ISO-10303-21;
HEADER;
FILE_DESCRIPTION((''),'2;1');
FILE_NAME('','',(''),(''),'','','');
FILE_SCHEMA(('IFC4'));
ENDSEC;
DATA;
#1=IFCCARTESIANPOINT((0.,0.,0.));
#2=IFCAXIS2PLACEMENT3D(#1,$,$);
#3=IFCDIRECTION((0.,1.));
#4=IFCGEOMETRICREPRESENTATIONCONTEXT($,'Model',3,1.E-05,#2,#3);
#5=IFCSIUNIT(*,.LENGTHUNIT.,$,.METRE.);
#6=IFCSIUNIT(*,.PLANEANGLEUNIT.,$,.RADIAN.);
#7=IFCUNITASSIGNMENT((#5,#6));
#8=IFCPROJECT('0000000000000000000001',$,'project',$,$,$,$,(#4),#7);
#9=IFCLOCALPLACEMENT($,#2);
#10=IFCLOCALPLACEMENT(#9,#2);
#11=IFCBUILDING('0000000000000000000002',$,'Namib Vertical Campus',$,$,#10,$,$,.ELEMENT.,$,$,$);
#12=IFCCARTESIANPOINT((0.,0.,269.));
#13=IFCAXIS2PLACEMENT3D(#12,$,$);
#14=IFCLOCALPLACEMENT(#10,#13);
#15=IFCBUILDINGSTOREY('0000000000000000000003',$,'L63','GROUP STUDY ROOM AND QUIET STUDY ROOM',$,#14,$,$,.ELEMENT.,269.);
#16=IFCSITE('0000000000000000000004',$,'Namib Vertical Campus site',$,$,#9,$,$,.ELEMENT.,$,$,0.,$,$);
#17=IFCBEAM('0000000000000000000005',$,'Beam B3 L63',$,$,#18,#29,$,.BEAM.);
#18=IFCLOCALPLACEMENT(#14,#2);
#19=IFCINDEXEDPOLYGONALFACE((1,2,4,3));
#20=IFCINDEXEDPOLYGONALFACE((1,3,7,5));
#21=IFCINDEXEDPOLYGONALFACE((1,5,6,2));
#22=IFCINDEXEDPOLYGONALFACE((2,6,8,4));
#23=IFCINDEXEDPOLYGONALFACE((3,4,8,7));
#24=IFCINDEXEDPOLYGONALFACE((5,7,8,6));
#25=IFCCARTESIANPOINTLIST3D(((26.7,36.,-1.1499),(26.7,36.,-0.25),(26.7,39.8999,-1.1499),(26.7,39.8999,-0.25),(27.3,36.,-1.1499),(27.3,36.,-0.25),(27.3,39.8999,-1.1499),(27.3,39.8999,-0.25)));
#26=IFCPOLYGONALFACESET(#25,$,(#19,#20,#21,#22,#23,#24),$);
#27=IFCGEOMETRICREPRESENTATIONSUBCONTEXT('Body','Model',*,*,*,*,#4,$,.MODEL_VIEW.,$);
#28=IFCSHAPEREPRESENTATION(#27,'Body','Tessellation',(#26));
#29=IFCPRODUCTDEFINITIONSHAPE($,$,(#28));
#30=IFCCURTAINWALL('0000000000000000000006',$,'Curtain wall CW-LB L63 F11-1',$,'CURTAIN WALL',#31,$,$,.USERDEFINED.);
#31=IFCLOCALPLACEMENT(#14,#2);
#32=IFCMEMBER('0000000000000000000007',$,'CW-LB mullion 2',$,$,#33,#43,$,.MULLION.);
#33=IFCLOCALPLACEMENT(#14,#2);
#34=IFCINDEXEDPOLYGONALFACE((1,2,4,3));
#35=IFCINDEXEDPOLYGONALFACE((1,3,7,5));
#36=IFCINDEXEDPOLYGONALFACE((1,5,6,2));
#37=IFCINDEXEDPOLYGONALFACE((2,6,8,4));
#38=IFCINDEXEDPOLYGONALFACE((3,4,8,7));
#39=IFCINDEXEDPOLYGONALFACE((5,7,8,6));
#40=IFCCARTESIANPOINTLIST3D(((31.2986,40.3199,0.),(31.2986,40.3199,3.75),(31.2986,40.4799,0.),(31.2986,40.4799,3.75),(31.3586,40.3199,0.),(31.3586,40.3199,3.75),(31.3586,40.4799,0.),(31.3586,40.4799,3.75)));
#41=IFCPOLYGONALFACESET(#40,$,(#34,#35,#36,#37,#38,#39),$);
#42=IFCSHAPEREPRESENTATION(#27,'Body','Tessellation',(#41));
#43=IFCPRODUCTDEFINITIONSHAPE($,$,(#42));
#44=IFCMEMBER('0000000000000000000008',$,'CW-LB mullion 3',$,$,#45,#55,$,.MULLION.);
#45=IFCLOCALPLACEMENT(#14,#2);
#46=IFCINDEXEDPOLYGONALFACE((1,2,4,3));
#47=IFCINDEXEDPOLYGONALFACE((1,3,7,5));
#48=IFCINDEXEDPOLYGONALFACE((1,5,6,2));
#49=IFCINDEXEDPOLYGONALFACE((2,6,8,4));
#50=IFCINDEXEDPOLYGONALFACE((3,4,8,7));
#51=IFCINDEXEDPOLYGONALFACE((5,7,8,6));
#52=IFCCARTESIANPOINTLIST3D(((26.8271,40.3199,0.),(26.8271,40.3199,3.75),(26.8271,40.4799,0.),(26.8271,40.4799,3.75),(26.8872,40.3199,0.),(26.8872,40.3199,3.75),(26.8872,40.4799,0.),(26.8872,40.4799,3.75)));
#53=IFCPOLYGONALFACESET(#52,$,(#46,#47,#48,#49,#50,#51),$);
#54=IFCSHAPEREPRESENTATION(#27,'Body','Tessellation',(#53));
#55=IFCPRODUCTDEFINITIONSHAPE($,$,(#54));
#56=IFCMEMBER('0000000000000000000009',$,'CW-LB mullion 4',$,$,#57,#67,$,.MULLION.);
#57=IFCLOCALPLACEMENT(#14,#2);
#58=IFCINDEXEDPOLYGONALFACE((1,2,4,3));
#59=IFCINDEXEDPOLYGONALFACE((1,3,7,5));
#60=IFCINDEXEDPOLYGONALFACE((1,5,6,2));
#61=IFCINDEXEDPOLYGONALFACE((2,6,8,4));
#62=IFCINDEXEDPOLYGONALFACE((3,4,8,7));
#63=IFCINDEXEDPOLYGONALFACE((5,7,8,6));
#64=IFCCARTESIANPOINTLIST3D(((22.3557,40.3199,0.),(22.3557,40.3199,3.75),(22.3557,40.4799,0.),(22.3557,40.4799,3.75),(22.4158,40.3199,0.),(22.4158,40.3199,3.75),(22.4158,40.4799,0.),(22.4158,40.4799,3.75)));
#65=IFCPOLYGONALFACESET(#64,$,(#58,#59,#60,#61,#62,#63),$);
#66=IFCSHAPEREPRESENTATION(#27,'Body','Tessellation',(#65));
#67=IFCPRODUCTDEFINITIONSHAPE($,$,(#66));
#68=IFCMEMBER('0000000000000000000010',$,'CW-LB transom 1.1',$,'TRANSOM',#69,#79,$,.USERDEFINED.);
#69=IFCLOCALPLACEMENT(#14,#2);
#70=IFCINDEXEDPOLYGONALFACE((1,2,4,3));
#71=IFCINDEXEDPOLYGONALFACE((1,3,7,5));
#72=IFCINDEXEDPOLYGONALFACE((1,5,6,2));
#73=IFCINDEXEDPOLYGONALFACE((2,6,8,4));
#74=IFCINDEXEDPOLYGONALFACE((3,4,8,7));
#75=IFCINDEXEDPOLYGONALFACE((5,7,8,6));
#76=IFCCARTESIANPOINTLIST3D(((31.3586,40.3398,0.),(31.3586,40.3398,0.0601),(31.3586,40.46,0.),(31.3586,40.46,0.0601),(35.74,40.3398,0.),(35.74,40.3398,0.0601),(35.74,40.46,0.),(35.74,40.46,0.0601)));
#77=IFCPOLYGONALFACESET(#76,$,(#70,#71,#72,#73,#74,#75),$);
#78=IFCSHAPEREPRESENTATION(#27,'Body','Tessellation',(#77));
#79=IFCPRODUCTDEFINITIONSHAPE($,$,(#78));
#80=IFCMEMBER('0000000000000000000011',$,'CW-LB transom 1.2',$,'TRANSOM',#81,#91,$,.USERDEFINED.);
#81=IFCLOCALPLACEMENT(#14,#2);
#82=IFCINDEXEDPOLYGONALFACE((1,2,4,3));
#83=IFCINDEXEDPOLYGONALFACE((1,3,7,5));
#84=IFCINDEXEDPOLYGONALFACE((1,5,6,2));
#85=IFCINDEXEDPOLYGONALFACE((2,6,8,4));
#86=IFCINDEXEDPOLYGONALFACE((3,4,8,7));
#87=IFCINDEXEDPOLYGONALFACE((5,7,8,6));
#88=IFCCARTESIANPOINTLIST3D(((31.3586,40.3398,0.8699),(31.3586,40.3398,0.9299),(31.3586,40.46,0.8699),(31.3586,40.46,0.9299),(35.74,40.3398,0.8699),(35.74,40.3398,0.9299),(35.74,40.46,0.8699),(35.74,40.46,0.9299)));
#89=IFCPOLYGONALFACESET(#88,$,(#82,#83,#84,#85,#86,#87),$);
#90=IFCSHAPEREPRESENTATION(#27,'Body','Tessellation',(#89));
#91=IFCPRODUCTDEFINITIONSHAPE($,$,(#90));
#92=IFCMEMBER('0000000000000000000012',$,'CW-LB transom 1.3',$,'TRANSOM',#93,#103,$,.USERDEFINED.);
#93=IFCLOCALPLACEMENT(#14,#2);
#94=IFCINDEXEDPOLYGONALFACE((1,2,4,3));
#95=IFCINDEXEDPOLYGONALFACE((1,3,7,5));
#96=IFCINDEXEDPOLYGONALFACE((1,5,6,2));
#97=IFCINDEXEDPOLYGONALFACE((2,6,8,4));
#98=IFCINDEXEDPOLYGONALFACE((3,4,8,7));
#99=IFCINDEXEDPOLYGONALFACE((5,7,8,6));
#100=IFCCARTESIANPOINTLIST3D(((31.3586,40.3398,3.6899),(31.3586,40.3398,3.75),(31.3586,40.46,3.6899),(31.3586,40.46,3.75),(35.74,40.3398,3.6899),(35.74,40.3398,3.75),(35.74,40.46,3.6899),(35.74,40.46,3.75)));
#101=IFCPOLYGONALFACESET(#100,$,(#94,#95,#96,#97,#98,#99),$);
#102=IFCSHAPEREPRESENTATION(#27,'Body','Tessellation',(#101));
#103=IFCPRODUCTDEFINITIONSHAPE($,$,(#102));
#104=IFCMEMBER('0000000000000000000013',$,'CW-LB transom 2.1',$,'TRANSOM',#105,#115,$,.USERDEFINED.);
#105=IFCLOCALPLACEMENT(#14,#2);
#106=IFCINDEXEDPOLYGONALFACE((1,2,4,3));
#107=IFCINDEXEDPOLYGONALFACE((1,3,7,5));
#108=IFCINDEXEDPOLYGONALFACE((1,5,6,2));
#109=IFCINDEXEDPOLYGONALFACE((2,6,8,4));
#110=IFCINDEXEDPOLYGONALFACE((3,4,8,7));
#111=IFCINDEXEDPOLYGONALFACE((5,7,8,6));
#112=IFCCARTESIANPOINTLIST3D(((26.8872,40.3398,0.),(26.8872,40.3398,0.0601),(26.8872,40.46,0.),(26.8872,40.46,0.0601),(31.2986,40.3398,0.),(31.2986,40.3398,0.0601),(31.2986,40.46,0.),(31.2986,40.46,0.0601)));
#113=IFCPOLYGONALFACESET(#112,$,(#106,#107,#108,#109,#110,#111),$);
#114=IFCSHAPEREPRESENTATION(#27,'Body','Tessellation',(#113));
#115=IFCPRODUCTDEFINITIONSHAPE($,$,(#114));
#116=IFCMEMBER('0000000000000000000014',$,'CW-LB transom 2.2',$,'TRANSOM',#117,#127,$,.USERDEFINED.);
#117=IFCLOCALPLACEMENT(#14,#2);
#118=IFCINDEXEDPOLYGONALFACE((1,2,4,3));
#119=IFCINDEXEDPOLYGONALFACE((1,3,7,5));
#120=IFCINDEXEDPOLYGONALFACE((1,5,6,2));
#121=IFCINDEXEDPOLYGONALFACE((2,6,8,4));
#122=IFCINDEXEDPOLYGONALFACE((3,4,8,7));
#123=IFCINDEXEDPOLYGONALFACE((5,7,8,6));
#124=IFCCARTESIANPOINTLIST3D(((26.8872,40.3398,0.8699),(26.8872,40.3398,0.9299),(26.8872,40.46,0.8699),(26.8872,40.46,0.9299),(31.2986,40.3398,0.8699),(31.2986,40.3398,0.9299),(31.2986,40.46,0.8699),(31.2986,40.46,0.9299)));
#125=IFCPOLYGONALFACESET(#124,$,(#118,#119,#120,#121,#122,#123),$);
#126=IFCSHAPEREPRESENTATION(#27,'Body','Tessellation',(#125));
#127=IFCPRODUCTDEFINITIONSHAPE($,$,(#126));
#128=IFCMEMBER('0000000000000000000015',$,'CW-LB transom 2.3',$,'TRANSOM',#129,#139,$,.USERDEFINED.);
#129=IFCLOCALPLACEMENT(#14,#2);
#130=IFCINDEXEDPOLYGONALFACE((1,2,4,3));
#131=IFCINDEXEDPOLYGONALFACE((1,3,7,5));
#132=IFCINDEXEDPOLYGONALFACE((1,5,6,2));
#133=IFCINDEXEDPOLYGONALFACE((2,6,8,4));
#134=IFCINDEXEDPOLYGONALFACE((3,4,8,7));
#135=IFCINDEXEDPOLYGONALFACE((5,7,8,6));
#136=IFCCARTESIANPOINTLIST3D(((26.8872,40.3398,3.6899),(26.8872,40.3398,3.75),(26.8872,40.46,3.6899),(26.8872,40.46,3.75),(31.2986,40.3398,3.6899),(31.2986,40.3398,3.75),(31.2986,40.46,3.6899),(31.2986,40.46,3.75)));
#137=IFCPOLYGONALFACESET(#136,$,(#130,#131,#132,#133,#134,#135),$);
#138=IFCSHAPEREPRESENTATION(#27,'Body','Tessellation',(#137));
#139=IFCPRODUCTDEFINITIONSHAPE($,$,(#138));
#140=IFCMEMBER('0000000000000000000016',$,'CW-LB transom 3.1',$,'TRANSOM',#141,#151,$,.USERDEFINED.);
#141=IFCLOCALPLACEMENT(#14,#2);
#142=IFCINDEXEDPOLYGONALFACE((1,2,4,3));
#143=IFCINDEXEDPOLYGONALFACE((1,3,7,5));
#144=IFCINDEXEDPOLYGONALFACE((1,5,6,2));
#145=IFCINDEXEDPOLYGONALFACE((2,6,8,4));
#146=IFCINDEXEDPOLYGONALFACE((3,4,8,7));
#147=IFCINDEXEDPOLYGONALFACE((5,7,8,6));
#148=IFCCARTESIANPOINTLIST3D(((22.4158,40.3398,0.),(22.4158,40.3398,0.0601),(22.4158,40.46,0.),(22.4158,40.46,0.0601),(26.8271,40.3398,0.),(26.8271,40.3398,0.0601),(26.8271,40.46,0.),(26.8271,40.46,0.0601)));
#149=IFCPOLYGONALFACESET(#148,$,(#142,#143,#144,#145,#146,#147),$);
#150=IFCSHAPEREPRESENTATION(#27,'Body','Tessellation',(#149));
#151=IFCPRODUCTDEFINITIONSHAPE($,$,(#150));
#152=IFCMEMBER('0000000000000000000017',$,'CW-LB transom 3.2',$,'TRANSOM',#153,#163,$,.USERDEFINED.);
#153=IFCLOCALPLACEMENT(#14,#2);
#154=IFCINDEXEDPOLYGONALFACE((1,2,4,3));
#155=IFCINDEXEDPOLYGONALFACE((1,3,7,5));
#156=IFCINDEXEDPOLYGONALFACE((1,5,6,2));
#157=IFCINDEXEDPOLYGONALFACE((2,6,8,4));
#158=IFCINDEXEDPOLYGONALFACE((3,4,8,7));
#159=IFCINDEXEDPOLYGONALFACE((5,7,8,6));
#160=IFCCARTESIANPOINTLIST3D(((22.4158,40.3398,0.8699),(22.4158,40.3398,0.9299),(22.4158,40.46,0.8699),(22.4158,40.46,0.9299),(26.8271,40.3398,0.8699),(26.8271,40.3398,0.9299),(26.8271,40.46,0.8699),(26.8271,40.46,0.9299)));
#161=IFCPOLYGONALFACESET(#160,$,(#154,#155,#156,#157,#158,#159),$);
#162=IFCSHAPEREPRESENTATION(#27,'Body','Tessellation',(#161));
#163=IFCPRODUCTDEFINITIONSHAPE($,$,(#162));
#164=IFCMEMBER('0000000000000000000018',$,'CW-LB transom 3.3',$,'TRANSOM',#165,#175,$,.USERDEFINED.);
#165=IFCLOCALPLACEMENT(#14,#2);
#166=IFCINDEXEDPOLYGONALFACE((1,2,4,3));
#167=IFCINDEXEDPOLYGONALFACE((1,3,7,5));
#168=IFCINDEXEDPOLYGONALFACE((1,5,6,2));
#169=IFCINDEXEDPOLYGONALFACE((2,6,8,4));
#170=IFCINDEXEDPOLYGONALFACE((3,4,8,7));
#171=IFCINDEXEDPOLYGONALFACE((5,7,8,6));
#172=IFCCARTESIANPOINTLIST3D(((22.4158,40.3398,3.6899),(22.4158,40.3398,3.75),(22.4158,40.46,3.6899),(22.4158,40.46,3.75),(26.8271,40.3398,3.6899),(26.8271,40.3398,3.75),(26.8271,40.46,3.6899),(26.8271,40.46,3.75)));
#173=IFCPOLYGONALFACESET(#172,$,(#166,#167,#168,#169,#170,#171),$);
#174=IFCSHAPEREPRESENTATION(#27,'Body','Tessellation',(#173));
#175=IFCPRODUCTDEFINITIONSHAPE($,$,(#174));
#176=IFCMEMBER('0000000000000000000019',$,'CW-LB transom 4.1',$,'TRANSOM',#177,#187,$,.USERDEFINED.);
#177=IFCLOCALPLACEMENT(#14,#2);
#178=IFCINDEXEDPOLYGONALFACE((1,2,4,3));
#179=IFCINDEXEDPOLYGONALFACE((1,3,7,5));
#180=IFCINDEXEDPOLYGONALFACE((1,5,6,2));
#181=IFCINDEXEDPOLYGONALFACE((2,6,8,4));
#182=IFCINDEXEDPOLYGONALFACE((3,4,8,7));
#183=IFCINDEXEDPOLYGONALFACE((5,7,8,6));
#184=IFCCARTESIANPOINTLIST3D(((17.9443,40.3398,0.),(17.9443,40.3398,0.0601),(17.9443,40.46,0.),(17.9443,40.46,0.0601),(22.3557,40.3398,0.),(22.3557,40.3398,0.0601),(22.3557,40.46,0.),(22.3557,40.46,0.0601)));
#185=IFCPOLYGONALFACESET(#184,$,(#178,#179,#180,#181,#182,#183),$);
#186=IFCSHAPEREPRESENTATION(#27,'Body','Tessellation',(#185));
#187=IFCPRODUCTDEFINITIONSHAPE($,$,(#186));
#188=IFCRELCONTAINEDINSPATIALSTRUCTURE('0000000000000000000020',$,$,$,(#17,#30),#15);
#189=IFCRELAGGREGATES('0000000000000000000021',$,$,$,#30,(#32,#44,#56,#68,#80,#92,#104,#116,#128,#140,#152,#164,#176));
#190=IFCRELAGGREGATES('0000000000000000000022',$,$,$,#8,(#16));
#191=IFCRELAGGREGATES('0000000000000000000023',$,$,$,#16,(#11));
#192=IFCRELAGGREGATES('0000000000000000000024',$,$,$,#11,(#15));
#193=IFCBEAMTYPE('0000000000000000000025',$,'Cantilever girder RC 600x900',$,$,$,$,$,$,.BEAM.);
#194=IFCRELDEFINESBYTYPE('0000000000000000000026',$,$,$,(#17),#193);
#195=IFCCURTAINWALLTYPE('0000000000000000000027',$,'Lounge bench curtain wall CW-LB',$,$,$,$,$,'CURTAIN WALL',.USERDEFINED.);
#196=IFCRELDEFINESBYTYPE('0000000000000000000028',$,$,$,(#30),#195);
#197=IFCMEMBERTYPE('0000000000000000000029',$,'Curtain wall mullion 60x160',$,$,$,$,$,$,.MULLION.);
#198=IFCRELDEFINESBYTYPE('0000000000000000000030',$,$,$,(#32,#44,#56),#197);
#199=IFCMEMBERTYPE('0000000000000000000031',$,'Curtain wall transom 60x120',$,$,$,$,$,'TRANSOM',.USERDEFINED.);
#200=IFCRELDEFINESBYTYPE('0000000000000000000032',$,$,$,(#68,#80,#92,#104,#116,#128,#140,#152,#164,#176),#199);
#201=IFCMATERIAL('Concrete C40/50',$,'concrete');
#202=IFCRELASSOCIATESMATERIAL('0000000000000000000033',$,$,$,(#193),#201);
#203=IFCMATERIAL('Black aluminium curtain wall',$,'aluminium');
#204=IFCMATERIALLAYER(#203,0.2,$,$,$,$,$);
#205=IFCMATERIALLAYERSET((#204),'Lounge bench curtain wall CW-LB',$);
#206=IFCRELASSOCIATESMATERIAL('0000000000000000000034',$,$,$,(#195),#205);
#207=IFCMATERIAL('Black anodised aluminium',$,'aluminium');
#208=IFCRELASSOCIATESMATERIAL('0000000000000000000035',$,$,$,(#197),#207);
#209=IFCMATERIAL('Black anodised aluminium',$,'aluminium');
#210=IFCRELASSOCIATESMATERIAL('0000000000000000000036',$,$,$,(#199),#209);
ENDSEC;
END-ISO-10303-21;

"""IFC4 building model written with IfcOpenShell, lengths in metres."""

from ifc_helpers import new_model, si_unit, direction, frame, origin, origin_2d, place, context, subcontext, project, spatial, rectangle, extrude, material, layer, layer_set, material_profile, profile_set, type_object, element, aggregate, save


model = new_model("IFC4")

# Units and contexts
model_context = context("Model", 3, precision=1e-05, world=origin(), true_north=direction((0.0, 1.0)))
body_context = subcontext(model_context, "Body", "Model", "MODEL_VIEW")
ifc_project = project(units=[si_unit("LENGTHUNIT", "METRE"), si_unit("PLANEANGLEUNIT", "RADIAN")], contexts=[model_context])

# Site, building, storey
site_placement = place(None, origin())
site = spatial("IfcSite", under=ifc_project, at=site_placement, Name="Namib Vertical Campus site", CompositionType="ELEMENT", RefElevation=0.0)
building_placement = place(site_placement, origin())
building = spatial("IfcBuilding", under=site, at=building_placement, Name="Namib Vertical Campus", CompositionType="ELEMENT")
storey_placement = place(building_placement, frame((0.0, 0.0, 269.0)))
storey = spatial("IfcBuildingStorey", under=building, at=storey_placement, Name="L63", Description="GROUP STUDY ROOM AND QUIET STUDY ROOM", CompositionType="ELEMENT", Elevation=269.0)

# Beam
ifc_material_1 = material(Name="Concrete C40/50", Category="concrete")
ifc_material_profile_1 = material_profile(ifc_material_1, rectangle(XDim=0.6001, YDim=0.8999, at=origin_2d()))
ifc_profile_set_1 = profile_set([ifc_material_profile_1], Name="Concrete C40/50")
beam_type_1 = type_object("IfcBeamType", Name="Cantilever girder RC 600x900", PredefinedType="BEAM", material=ifc_profile_set_1)
beam_1_placement = place(storey_placement, frame((27.0, 36.0, -0.7), z_axis=(0.0, 1.0, 0.0), x_axis=(-1.0, 0.0, 0.0)))
element("IfcBeam", 1, at=beam_1_placement, inside=storey, type_object=beam_type_1, Name="Beam B3 L63", PredefinedType="BEAM", context=body_context, shape_type="SweptSolid", body=[
    extrude(rectangle(XDim=0.6001, YDim=0.8999, at=origin_2d()), origin(), (0.0, 0.0, 1.0), 3.8999),
])

# Curtain wall, members
ifc_material_2 = material(Name="Black aluminium curtain wall", Category="aluminium")
ifc_layer_1 = layer(ifc_material_2, 0.2)
ifc_layer_set_1 = layer_set([ifc_layer_1], Name="Lounge bench curtain wall CW-LB")
curtain_wall_type = type_object("IfcCurtainWallType", Name="Lounge bench curtain wall CW-LB", ElementType="CURTAIN WALL", PredefinedType="USERDEFINED", material=ifc_layer_set_1)
curtain_wall_placement = place(storey_placement, origin())
curtain_wall = element("IfcCurtainWall", 2, at=curtain_wall_placement, inside=storey, type_object=curtain_wall_type, Name="Curtain wall CW-LB L63 F11-1", ObjectType="CURTAIN WALL", PredefinedType="USERDEFINED")
ifc_material_3 = material(Name="Black anodised aluminium", Category="aluminium")
ifc_material_profile_2 = material_profile(ifc_material_3, rectangle(XDim=0.0601, YDim=0.1599, at=origin_2d()))
ifc_profile_set_2 = profile_set([ifc_material_profile_2], Name="Black anodised aluminium")
member_type_1 = type_object("IfcMemberType", Name="Curtain wall mullion 60x160", PredefinedType="MULLION", material=ifc_profile_set_2)
member_1_placement = place(storey_placement, frame((31.3286, 40.3999, 0.0), z_axis=(0.0, 0.0, 1.0), x_axis=(-1.0, 0.0, 0.0)))
member_1 = element("IfcMember", 3, at=member_1_placement, type_object=member_type_1, Name="CW-LB mullion 2", PredefinedType="MULLION", context=body_context, shape_type="SweptSolid", body=[
    extrude(rectangle(XDim=0.0601, YDim=0.1599, at=origin_2d()), origin(), (0.0, 0.0, 1.0), 3.75),
])
member_2_placement = place(storey_placement, frame((26.8572, 40.3999, 0.0), z_axis=(0.0, 0.0, 1.0), x_axis=(-1.0, 0.0, 0.0)))
member_2 = element("IfcMember", 4, at=member_2_placement, type_object=member_type_1, Name="CW-LB mullion 3", PredefinedType="MULLION", context=body_context, shape_type="SweptSolid", body=[
    extrude(rectangle(XDim=0.0601, YDim=0.1599, at=origin_2d()), origin(), (0.0, 0.0, 1.0), 3.75),
])
member_3_placement = place(storey_placement, frame((22.3857, 40.3999, 0.0), z_axis=(0.0, 0.0, 1.0), x_axis=(-1.0, 0.0, 0.0)))
member_3 = element("IfcMember", 5, at=member_3_placement, type_object=member_type_1, Name="CW-LB mullion 4", PredefinedType="MULLION", context=body_context, shape_type="SweptSolid", body=[
    extrude(rectangle(XDim=0.0601, YDim=0.1599, at=origin_2d()), origin(), (0.0, 0.0, 1.0), 3.75),
])
ifc_material_4 = material(Name="Black anodised aluminium", Category="aluminium")
ifc_material_profile_3 = material_profile(ifc_material_4, rectangle(XDim=0.0601, YDim=0.1201, at=origin_2d()))
ifc_profile_set_3 = profile_set([ifc_material_profile_3], Name="Black anodised aluminium")
member_type_2 = type_object("IfcMemberType", Name="Curtain wall transom 60x120", ElementType="TRANSOM", PredefinedType="USERDEFINED", material=ifc_profile_set_3)
member_4_placement = place(storey_placement, frame((35.74, 40.3999, 0.03), z_axis=(-1.0, 0.0, 0.0), x_axis=(0.0, 0.0, 1.0)))
member_4 = element("IfcMember", 6, at=member_4_placement, type_object=member_type_2, Name="CW-LB transom 1.1", ObjectType="TRANSOM", PredefinedType="USERDEFINED", context=body_context, shape_type="SweptSolid", body=[
    extrude(rectangle(XDim=0.0601, YDim=0.1201, at=origin_2d()), origin(), (0.0, 0.0, 1.0), 4.3813),
])
member_5_placement = place(storey_placement, frame((35.74, 40.3999, 0.8999), z_axis=(-1.0, 0.0, 0.0), x_axis=(0.0, 0.0, 1.0)))
member_5 = element("IfcMember", 7, at=member_5_placement, type_object=member_type_2, Name="CW-LB transom 1.2", ObjectType="TRANSOM", PredefinedType="USERDEFINED", context=body_context, shape_type="SweptSolid", body=[
    extrude(rectangle(XDim=0.0601, YDim=0.1201, at=origin_2d()), origin(), (0.0, 0.0, 1.0), 4.3813),
])
member_6_placement = place(storey_placement, frame((35.74, 40.3999, 3.72), z_axis=(-1.0, 0.0, 0.0), x_axis=(0.0, 0.0, 1.0)))
member_6 = element("IfcMember", 8, at=member_6_placement, type_object=member_type_2, Name="CW-LB transom 1.3", ObjectType="TRANSOM", PredefinedType="USERDEFINED", context=body_context, shape_type="SweptSolid", body=[
    extrude(rectangle(XDim=0.0601, YDim=0.1201, at=origin_2d()), origin(), (0.0, 0.0, 1.0), 4.3813),
])
member_7_placement = place(storey_placement, frame((31.2986, 40.3999, 0.03), z_axis=(-1.0, 0.0, 0.0), x_axis=(0.0, 0.0, 1.0)))
member_7 = element("IfcMember", 9, at=member_7_placement, type_object=member_type_2, Name="CW-LB transom 2.1", ObjectType="TRANSOM", PredefinedType="USERDEFINED", context=body_context, shape_type="SweptSolid", body=[
    extrude(rectangle(XDim=0.0601, YDim=0.1201, at=origin_2d()), origin(), (0.0, 0.0, 1.0), 4.4114),
])
member_8_placement = place(storey_placement, frame((31.2986, 40.3999, 0.8999), z_axis=(-1.0, 0.0, 0.0), x_axis=(0.0, 0.0, 1.0)))
member_8 = element("IfcMember", 10, at=member_8_placement, type_object=member_type_2, Name="CW-LB transom 2.2", ObjectType="TRANSOM", PredefinedType="USERDEFINED", context=body_context, shape_type="SweptSolid", body=[
    extrude(rectangle(XDim=0.0601, YDim=0.1201, at=origin_2d()), origin(), (0.0, 0.0, 1.0), 4.4114),
])
member_9_placement = place(storey_placement, frame((31.2986, 40.3999, 3.72), z_axis=(-1.0, 0.0, 0.0), x_axis=(0.0, 0.0, 1.0)))
member_9 = element("IfcMember", 11, at=member_9_placement, type_object=member_type_2, Name="CW-LB transom 2.3", ObjectType="TRANSOM", PredefinedType="USERDEFINED", context=body_context, shape_type="SweptSolid", body=[
    extrude(rectangle(XDim=0.0601, YDim=0.1201, at=origin_2d()), origin(), (0.0, 0.0, 1.0), 4.4114),
])
member_10_placement = place(storey_placement, frame((26.8271, 40.3999, 0.03), z_axis=(-1.0, 0.0, 0.0), x_axis=(0.0, 0.0, 1.0)))
member_10 = element("IfcMember", 12, at=member_10_placement, type_object=member_type_2, Name="CW-LB transom 3.1", ObjectType="TRANSOM", PredefinedType="USERDEFINED", context=body_context, shape_type="SweptSolid", body=[
    extrude(rectangle(XDim=0.0601, YDim=0.1201, at=origin_2d()), origin(), (0.0, 0.0, 1.0), 4.4114),
])
member_11_placement = place(storey_placement, frame((26.8271, 40.3999, 0.8999), z_axis=(-1.0, 0.0, 0.0), x_axis=(0.0, 0.0, 1.0)))
member_11 = element("IfcMember", 13, at=member_11_placement, type_object=member_type_2, Name="CW-LB transom 3.2", ObjectType="TRANSOM", PredefinedType="USERDEFINED", context=body_context, shape_type="SweptSolid", body=[
    extrude(rectangle(XDim=0.0601, YDim=0.1201, at=origin_2d()), origin(), (0.0, 0.0, 1.0), 4.4114),
])
member_12_placement = place(storey_placement, frame((26.8271, 40.3999, 3.72), z_axis=(-1.0, 0.0, 0.0), x_axis=(0.0, 0.0, 1.0)))
member_12 = element("IfcMember", 14, at=member_12_placement, type_object=member_type_2, Name="CW-LB transom 3.3", ObjectType="TRANSOM", PredefinedType="USERDEFINED", context=body_context, shape_type="SweptSolid", body=[
    extrude(rectangle(XDim=0.0601, YDim=0.1201, at=origin_2d()), origin(), (0.0, 0.0, 1.0), 4.4114),
])
member_13_placement = place(storey_placement, frame((22.3557, 40.3999, 0.03), z_axis=(-1.0, 0.0, 0.0), x_axis=(0.0, 0.0, 1.0)))
member_13 = element("IfcMember", 15, at=member_13_placement, type_object=member_type_2, Name="CW-LB transom 4.1", ObjectType="TRANSOM", PredefinedType="USERDEFINED", context=body_context, shape_type="SweptSolid", body=[
    extrude(rectangle(XDim=0.0601, YDim=0.1201, at=origin_2d()), origin(), (0.0, 0.0, 1.0), 4.4114),
])

aggregate(curtain_wall, [member_1, member_2, member_3, member_4, member_5, member_6, member_7, member_8, member_9, member_10, member_11, member_12, member_13])

save(model, "model.ifc")
